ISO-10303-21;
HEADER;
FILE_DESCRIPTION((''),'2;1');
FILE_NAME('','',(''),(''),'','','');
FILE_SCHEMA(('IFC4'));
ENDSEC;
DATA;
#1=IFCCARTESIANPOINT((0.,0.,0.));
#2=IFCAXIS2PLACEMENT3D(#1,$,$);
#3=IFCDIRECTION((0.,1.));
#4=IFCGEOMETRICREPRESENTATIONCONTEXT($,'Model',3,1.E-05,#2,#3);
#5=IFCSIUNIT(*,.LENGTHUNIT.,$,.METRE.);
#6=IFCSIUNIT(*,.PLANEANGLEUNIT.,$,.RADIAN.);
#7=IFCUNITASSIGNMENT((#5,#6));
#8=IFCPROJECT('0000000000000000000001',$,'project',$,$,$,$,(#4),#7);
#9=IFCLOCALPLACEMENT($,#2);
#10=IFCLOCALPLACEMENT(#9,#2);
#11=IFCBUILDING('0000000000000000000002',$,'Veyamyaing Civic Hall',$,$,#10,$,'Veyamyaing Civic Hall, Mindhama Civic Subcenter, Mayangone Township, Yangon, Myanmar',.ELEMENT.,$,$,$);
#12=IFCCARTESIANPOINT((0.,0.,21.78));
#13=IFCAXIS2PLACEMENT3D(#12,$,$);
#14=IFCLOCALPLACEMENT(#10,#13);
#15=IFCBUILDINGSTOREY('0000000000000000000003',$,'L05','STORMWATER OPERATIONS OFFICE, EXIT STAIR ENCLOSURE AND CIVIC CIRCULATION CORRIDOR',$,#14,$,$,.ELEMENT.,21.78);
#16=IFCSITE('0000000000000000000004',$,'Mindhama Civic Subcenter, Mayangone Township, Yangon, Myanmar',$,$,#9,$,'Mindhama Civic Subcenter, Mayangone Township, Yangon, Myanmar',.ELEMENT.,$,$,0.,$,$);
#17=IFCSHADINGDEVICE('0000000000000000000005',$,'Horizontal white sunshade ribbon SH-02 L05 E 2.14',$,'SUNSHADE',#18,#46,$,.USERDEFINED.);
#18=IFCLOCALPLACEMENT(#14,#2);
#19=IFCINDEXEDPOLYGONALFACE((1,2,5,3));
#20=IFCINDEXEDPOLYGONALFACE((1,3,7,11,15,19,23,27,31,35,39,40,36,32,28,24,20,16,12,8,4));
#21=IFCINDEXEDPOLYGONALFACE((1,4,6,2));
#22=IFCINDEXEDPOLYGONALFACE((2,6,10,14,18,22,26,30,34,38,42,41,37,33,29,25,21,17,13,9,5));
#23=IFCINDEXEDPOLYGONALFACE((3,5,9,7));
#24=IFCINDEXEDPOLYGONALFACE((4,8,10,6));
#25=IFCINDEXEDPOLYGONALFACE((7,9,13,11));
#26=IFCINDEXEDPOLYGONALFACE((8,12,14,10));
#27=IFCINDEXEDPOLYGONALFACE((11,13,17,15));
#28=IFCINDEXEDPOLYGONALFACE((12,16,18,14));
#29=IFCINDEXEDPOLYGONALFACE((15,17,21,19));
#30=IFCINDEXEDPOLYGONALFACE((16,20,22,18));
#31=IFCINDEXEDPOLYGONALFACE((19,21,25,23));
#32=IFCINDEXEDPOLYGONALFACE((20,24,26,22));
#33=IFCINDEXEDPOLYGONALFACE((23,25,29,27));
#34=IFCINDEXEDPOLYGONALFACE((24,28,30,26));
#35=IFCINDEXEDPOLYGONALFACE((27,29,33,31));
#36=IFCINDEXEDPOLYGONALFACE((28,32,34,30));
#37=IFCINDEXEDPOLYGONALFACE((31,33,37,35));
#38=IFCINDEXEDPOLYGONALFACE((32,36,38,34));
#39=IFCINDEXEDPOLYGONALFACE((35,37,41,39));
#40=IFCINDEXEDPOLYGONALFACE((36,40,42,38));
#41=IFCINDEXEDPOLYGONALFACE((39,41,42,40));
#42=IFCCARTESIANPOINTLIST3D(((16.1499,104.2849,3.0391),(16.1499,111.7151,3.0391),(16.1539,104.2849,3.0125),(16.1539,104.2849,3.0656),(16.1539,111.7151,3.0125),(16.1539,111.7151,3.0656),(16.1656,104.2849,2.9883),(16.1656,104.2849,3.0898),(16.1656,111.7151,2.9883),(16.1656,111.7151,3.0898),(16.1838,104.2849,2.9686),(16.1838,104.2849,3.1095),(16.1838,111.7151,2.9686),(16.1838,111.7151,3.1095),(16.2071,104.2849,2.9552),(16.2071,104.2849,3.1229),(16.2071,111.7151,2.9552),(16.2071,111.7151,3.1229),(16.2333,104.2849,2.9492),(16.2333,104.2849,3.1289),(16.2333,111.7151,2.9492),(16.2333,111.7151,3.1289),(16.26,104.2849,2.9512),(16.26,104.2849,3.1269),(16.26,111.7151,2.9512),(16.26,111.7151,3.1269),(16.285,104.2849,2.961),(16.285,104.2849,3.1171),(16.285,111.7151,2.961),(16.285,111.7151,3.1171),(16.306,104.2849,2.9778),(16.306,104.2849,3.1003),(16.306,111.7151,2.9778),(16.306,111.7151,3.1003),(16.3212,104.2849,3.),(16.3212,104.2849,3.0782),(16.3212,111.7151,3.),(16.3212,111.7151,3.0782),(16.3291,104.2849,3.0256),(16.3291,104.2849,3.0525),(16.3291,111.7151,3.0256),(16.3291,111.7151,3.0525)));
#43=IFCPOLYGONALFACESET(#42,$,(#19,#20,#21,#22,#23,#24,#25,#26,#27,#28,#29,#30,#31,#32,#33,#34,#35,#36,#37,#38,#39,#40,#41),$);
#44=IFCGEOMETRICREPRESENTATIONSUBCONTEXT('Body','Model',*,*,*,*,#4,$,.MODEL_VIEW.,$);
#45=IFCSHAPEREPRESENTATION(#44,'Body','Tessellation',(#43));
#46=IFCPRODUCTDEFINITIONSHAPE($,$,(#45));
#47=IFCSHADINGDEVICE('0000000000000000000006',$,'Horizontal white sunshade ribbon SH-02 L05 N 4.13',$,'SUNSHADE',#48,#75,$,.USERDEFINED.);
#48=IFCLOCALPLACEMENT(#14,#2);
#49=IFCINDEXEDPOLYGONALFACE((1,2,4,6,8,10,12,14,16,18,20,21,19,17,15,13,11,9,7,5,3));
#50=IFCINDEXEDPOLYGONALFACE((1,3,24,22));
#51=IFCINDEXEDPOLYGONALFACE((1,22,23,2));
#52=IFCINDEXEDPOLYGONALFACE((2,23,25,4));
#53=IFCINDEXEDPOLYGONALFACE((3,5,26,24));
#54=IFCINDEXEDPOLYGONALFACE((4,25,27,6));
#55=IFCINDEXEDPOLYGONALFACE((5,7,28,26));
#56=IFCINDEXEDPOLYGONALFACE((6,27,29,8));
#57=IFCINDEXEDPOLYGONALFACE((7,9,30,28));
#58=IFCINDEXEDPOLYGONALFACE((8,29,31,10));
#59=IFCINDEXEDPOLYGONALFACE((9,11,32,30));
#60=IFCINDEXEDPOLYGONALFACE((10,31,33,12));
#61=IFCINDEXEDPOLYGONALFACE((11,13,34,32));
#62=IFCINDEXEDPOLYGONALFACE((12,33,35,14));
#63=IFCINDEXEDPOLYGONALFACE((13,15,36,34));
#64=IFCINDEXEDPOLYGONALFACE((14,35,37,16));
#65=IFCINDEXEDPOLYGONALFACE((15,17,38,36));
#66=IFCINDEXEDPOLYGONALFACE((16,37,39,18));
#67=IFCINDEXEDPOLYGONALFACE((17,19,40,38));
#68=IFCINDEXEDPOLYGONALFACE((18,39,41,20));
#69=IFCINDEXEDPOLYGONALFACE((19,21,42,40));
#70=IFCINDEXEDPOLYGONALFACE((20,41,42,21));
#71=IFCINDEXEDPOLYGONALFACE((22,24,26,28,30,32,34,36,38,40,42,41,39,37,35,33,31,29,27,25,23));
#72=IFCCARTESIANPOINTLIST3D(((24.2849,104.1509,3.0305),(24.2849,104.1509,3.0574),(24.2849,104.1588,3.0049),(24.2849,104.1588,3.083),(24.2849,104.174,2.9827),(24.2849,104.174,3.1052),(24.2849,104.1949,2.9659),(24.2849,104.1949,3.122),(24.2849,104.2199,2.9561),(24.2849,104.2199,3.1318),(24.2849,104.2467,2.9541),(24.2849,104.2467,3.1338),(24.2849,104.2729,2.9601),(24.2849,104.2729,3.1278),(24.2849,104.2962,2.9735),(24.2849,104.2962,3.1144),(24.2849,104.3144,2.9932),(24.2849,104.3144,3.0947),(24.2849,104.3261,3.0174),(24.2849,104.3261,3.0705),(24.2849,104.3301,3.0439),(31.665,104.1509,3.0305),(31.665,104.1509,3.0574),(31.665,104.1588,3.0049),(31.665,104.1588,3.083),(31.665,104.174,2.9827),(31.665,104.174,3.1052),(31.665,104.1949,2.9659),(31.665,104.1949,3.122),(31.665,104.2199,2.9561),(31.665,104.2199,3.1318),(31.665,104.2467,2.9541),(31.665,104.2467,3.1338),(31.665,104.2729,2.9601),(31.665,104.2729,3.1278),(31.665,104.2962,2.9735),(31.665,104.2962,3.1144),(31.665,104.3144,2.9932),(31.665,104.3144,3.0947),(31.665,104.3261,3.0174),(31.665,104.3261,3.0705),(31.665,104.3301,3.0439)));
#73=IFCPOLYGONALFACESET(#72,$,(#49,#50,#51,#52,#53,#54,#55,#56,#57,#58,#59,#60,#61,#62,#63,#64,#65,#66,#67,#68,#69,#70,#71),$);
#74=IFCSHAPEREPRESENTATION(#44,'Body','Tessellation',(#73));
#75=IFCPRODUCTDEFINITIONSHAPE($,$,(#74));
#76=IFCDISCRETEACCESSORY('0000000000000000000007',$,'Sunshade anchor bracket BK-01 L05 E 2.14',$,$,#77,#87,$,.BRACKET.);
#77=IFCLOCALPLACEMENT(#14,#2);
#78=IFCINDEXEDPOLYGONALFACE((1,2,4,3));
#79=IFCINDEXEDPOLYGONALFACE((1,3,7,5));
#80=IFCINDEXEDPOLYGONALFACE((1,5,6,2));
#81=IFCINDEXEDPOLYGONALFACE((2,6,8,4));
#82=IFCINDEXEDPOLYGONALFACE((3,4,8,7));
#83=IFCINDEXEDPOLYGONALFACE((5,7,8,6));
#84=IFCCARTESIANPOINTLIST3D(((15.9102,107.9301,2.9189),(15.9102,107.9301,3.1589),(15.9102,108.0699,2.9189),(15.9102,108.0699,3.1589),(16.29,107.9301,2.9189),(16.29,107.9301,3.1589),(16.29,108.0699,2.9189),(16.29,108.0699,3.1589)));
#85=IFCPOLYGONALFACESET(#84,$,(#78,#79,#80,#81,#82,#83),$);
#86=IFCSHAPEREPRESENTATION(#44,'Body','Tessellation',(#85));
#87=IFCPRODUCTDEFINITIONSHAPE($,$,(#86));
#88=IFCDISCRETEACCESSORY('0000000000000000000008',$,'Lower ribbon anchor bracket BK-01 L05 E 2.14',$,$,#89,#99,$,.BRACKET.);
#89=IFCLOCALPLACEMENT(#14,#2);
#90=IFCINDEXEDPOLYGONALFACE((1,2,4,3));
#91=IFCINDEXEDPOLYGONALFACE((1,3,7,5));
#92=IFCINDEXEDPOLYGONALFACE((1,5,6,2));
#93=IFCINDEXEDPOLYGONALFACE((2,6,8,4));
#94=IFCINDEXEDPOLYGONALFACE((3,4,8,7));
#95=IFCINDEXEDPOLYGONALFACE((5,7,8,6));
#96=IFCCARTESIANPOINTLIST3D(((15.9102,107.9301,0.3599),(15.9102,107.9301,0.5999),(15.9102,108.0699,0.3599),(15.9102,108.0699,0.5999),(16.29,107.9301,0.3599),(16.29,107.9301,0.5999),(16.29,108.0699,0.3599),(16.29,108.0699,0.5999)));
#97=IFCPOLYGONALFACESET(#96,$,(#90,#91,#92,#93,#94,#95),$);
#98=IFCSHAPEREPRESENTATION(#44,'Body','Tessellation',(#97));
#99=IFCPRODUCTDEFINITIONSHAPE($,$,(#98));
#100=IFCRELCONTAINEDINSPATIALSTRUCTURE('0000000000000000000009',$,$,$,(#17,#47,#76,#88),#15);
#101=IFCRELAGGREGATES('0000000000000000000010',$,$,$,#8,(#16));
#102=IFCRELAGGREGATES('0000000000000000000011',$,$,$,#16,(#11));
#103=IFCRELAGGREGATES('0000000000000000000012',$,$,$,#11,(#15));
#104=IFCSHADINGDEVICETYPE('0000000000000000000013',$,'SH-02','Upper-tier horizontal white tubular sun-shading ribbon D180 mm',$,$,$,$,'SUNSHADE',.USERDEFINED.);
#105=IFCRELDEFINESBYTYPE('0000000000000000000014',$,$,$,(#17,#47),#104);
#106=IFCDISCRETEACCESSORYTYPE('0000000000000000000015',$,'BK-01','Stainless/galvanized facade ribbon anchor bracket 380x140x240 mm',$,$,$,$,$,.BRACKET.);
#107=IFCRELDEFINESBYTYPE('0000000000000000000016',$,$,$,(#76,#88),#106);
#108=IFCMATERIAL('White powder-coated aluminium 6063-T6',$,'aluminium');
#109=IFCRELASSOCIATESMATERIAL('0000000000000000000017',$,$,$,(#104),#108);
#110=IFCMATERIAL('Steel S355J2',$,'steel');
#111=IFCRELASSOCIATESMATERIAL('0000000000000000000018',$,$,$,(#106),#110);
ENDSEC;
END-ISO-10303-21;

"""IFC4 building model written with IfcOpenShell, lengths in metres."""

from ifc_helpers import new_model, si_unit, direction, frame, origin, origin_2d, place, context, subcontext, project, spatial, rectangle, circle, extrude, material, material_profile, profile_set, type_object, element, save


model = new_model("IFC4")

# Units and contexts
model_context = context("Model", 3, precision=1e-05, world=origin(), true_north=direction((0.0, 1.0)))
body_context = subcontext(model_context, "Body", "Model", "MODEL_VIEW")
ifc_project = project(units=[si_unit("LENGTHUNIT", "METRE"), si_unit("PLANEANGLEUNIT", "RADIAN")], contexts=[model_context])

# Site, building, storey
site_placement = place(None, origin())
site = spatial("IfcSite", under=ifc_project, at=site_placement, Name="Mindhama Civic Subcenter, Mayangone Township, Yangon, Myanmar", LongName="Mindhama Civic Subcenter, Mayangone Township, Yangon, Myanmar", CompositionType="ELEMENT", RefElevation=0.0)
building_placement = place(site_placement, origin())
building = spatial("IfcBuilding", under=site, at=building_placement, Name="Veyamyaing Civic Hall", LongName="Veyamyaing Civic Hall, Mindhama Civic Subcenter, Mayangone Township, Yangon, Myanmar", CompositionType="ELEMENT")
storey_placement = place(building_placement, frame((0.0, 0.0, 21.78)))
storey = spatial("IfcBuildingStorey", under=building, at=storey_placement, Name="L05", Description="STORMWATER OPERATIONS OFFICE, EXIT STAIR ENCLOSURE AND CIVIC CIRCULATION CORRIDOR", CompositionType="ELEMENT", Elevation=21.78)

# Shared definitions
ifc_material_1 = material(Name="Steel S355J2", Category="steel")

# Shared definitions
ifc_material_2 = material(Name="White powder-coated aluminium 6063-T6", Category="aluminium")

# Shading devices
ifc_material_profile_1 = material_profile(ifc_material_2, circle(Radius=0.0901, at=origin_2d()), Name="SHADE-TUBE-180")
ifc_profile_set_1 = profile_set([ifc_material_profile_1], Name="White powder-coated aluminium 6063-T6")
shading_device_type = type_object("IfcShadingDeviceType", Name="SH-02", Description="Upper-tier horizontal white tubular sun-shading ribbon D180 mm", ElementType="SUNSHADE", PredefinedType="USERDEFINED", material=ifc_profile_set_1)
shading_device_1_placement = place(storey_placement, frame((16.24, 104.2849, 3.0391), z_axis=(0.0, 1.0, 0.0), x_axis=(-1.0, 0.0, 0.0)))
element("IfcShadingDevice", 1, at=shading_device_1_placement, inside=storey, type_object=shading_device_type, Name="Horizontal white sunshade ribbon SH-02 L05 E 2.14", ObjectType="SUNSHADE", PredefinedType="USERDEFINED", context=body_context, shape_type="SweptSolid", body=[
    extrude(circle(Radius=0.0901, at=origin_2d()), origin(), (0.0, 0.0, 1.0), 7.4302),
])
shading_device_2_placement = place(storey_placement, frame((24.2849, 104.24, 3.0439), z_axis=(1.0, 0.0, 0.0), x_axis=(0.0, 1.0, 0.0)))
element("IfcShadingDevice", 2, at=shading_device_2_placement, inside=storey, type_object=shading_device_type, Name="Horizontal white sunshade ribbon SH-02 L05 N 4.13", ObjectType="SUNSHADE", PredefinedType="USERDEFINED", context=body_context, shape_type="SweptSolid", body=[
    extrude(circle(Radius=0.0901, at=origin_2d()), origin(), (0.0, 0.0, 1.0), 7.3801),
])

# Discrete accessories
discrete_accessory_type = type_object("IfcDiscreteAccessoryType", Name="BK-01", Description="Stainless/galvanized facade ribbon anchor bracket 380x140x240 mm", PredefinedType="BRACKET", material=ifc_material_1)
for number, where, z_axis, x_axis, name in (
    (3, (16.1001, 108.0, 2.9189), (0.0, 0.0, 1.0), (1.0, 0.0, 0.0), "Sunshade anchor bracket BK-01 L05 E 2.14"),
    (4, (16.1001, 108.0, 0.3599), (0.0, 0.0, 1.0), (1.0, 0.0, 0.0), "Lower ribbon anchor bracket BK-01 L05 E 2.14"),
):
    element("IfcDiscreteAccessory", number, at=place(storey_placement, frame(where, z_axis=z_axis, x_axis=x_axis)), inside=storey, type_object=discrete_accessory_type, Name=name, PredefinedType="BRACKET", context=body_context, shape_type="SweptSolid", body=[
        extrude(rectangle(XDim=0.3799, YDim=0.1399, at=origin_2d()), origin(), (0.0, 0.0, 1.0), 0.24),
    ])

save(model, "model.ifc")
